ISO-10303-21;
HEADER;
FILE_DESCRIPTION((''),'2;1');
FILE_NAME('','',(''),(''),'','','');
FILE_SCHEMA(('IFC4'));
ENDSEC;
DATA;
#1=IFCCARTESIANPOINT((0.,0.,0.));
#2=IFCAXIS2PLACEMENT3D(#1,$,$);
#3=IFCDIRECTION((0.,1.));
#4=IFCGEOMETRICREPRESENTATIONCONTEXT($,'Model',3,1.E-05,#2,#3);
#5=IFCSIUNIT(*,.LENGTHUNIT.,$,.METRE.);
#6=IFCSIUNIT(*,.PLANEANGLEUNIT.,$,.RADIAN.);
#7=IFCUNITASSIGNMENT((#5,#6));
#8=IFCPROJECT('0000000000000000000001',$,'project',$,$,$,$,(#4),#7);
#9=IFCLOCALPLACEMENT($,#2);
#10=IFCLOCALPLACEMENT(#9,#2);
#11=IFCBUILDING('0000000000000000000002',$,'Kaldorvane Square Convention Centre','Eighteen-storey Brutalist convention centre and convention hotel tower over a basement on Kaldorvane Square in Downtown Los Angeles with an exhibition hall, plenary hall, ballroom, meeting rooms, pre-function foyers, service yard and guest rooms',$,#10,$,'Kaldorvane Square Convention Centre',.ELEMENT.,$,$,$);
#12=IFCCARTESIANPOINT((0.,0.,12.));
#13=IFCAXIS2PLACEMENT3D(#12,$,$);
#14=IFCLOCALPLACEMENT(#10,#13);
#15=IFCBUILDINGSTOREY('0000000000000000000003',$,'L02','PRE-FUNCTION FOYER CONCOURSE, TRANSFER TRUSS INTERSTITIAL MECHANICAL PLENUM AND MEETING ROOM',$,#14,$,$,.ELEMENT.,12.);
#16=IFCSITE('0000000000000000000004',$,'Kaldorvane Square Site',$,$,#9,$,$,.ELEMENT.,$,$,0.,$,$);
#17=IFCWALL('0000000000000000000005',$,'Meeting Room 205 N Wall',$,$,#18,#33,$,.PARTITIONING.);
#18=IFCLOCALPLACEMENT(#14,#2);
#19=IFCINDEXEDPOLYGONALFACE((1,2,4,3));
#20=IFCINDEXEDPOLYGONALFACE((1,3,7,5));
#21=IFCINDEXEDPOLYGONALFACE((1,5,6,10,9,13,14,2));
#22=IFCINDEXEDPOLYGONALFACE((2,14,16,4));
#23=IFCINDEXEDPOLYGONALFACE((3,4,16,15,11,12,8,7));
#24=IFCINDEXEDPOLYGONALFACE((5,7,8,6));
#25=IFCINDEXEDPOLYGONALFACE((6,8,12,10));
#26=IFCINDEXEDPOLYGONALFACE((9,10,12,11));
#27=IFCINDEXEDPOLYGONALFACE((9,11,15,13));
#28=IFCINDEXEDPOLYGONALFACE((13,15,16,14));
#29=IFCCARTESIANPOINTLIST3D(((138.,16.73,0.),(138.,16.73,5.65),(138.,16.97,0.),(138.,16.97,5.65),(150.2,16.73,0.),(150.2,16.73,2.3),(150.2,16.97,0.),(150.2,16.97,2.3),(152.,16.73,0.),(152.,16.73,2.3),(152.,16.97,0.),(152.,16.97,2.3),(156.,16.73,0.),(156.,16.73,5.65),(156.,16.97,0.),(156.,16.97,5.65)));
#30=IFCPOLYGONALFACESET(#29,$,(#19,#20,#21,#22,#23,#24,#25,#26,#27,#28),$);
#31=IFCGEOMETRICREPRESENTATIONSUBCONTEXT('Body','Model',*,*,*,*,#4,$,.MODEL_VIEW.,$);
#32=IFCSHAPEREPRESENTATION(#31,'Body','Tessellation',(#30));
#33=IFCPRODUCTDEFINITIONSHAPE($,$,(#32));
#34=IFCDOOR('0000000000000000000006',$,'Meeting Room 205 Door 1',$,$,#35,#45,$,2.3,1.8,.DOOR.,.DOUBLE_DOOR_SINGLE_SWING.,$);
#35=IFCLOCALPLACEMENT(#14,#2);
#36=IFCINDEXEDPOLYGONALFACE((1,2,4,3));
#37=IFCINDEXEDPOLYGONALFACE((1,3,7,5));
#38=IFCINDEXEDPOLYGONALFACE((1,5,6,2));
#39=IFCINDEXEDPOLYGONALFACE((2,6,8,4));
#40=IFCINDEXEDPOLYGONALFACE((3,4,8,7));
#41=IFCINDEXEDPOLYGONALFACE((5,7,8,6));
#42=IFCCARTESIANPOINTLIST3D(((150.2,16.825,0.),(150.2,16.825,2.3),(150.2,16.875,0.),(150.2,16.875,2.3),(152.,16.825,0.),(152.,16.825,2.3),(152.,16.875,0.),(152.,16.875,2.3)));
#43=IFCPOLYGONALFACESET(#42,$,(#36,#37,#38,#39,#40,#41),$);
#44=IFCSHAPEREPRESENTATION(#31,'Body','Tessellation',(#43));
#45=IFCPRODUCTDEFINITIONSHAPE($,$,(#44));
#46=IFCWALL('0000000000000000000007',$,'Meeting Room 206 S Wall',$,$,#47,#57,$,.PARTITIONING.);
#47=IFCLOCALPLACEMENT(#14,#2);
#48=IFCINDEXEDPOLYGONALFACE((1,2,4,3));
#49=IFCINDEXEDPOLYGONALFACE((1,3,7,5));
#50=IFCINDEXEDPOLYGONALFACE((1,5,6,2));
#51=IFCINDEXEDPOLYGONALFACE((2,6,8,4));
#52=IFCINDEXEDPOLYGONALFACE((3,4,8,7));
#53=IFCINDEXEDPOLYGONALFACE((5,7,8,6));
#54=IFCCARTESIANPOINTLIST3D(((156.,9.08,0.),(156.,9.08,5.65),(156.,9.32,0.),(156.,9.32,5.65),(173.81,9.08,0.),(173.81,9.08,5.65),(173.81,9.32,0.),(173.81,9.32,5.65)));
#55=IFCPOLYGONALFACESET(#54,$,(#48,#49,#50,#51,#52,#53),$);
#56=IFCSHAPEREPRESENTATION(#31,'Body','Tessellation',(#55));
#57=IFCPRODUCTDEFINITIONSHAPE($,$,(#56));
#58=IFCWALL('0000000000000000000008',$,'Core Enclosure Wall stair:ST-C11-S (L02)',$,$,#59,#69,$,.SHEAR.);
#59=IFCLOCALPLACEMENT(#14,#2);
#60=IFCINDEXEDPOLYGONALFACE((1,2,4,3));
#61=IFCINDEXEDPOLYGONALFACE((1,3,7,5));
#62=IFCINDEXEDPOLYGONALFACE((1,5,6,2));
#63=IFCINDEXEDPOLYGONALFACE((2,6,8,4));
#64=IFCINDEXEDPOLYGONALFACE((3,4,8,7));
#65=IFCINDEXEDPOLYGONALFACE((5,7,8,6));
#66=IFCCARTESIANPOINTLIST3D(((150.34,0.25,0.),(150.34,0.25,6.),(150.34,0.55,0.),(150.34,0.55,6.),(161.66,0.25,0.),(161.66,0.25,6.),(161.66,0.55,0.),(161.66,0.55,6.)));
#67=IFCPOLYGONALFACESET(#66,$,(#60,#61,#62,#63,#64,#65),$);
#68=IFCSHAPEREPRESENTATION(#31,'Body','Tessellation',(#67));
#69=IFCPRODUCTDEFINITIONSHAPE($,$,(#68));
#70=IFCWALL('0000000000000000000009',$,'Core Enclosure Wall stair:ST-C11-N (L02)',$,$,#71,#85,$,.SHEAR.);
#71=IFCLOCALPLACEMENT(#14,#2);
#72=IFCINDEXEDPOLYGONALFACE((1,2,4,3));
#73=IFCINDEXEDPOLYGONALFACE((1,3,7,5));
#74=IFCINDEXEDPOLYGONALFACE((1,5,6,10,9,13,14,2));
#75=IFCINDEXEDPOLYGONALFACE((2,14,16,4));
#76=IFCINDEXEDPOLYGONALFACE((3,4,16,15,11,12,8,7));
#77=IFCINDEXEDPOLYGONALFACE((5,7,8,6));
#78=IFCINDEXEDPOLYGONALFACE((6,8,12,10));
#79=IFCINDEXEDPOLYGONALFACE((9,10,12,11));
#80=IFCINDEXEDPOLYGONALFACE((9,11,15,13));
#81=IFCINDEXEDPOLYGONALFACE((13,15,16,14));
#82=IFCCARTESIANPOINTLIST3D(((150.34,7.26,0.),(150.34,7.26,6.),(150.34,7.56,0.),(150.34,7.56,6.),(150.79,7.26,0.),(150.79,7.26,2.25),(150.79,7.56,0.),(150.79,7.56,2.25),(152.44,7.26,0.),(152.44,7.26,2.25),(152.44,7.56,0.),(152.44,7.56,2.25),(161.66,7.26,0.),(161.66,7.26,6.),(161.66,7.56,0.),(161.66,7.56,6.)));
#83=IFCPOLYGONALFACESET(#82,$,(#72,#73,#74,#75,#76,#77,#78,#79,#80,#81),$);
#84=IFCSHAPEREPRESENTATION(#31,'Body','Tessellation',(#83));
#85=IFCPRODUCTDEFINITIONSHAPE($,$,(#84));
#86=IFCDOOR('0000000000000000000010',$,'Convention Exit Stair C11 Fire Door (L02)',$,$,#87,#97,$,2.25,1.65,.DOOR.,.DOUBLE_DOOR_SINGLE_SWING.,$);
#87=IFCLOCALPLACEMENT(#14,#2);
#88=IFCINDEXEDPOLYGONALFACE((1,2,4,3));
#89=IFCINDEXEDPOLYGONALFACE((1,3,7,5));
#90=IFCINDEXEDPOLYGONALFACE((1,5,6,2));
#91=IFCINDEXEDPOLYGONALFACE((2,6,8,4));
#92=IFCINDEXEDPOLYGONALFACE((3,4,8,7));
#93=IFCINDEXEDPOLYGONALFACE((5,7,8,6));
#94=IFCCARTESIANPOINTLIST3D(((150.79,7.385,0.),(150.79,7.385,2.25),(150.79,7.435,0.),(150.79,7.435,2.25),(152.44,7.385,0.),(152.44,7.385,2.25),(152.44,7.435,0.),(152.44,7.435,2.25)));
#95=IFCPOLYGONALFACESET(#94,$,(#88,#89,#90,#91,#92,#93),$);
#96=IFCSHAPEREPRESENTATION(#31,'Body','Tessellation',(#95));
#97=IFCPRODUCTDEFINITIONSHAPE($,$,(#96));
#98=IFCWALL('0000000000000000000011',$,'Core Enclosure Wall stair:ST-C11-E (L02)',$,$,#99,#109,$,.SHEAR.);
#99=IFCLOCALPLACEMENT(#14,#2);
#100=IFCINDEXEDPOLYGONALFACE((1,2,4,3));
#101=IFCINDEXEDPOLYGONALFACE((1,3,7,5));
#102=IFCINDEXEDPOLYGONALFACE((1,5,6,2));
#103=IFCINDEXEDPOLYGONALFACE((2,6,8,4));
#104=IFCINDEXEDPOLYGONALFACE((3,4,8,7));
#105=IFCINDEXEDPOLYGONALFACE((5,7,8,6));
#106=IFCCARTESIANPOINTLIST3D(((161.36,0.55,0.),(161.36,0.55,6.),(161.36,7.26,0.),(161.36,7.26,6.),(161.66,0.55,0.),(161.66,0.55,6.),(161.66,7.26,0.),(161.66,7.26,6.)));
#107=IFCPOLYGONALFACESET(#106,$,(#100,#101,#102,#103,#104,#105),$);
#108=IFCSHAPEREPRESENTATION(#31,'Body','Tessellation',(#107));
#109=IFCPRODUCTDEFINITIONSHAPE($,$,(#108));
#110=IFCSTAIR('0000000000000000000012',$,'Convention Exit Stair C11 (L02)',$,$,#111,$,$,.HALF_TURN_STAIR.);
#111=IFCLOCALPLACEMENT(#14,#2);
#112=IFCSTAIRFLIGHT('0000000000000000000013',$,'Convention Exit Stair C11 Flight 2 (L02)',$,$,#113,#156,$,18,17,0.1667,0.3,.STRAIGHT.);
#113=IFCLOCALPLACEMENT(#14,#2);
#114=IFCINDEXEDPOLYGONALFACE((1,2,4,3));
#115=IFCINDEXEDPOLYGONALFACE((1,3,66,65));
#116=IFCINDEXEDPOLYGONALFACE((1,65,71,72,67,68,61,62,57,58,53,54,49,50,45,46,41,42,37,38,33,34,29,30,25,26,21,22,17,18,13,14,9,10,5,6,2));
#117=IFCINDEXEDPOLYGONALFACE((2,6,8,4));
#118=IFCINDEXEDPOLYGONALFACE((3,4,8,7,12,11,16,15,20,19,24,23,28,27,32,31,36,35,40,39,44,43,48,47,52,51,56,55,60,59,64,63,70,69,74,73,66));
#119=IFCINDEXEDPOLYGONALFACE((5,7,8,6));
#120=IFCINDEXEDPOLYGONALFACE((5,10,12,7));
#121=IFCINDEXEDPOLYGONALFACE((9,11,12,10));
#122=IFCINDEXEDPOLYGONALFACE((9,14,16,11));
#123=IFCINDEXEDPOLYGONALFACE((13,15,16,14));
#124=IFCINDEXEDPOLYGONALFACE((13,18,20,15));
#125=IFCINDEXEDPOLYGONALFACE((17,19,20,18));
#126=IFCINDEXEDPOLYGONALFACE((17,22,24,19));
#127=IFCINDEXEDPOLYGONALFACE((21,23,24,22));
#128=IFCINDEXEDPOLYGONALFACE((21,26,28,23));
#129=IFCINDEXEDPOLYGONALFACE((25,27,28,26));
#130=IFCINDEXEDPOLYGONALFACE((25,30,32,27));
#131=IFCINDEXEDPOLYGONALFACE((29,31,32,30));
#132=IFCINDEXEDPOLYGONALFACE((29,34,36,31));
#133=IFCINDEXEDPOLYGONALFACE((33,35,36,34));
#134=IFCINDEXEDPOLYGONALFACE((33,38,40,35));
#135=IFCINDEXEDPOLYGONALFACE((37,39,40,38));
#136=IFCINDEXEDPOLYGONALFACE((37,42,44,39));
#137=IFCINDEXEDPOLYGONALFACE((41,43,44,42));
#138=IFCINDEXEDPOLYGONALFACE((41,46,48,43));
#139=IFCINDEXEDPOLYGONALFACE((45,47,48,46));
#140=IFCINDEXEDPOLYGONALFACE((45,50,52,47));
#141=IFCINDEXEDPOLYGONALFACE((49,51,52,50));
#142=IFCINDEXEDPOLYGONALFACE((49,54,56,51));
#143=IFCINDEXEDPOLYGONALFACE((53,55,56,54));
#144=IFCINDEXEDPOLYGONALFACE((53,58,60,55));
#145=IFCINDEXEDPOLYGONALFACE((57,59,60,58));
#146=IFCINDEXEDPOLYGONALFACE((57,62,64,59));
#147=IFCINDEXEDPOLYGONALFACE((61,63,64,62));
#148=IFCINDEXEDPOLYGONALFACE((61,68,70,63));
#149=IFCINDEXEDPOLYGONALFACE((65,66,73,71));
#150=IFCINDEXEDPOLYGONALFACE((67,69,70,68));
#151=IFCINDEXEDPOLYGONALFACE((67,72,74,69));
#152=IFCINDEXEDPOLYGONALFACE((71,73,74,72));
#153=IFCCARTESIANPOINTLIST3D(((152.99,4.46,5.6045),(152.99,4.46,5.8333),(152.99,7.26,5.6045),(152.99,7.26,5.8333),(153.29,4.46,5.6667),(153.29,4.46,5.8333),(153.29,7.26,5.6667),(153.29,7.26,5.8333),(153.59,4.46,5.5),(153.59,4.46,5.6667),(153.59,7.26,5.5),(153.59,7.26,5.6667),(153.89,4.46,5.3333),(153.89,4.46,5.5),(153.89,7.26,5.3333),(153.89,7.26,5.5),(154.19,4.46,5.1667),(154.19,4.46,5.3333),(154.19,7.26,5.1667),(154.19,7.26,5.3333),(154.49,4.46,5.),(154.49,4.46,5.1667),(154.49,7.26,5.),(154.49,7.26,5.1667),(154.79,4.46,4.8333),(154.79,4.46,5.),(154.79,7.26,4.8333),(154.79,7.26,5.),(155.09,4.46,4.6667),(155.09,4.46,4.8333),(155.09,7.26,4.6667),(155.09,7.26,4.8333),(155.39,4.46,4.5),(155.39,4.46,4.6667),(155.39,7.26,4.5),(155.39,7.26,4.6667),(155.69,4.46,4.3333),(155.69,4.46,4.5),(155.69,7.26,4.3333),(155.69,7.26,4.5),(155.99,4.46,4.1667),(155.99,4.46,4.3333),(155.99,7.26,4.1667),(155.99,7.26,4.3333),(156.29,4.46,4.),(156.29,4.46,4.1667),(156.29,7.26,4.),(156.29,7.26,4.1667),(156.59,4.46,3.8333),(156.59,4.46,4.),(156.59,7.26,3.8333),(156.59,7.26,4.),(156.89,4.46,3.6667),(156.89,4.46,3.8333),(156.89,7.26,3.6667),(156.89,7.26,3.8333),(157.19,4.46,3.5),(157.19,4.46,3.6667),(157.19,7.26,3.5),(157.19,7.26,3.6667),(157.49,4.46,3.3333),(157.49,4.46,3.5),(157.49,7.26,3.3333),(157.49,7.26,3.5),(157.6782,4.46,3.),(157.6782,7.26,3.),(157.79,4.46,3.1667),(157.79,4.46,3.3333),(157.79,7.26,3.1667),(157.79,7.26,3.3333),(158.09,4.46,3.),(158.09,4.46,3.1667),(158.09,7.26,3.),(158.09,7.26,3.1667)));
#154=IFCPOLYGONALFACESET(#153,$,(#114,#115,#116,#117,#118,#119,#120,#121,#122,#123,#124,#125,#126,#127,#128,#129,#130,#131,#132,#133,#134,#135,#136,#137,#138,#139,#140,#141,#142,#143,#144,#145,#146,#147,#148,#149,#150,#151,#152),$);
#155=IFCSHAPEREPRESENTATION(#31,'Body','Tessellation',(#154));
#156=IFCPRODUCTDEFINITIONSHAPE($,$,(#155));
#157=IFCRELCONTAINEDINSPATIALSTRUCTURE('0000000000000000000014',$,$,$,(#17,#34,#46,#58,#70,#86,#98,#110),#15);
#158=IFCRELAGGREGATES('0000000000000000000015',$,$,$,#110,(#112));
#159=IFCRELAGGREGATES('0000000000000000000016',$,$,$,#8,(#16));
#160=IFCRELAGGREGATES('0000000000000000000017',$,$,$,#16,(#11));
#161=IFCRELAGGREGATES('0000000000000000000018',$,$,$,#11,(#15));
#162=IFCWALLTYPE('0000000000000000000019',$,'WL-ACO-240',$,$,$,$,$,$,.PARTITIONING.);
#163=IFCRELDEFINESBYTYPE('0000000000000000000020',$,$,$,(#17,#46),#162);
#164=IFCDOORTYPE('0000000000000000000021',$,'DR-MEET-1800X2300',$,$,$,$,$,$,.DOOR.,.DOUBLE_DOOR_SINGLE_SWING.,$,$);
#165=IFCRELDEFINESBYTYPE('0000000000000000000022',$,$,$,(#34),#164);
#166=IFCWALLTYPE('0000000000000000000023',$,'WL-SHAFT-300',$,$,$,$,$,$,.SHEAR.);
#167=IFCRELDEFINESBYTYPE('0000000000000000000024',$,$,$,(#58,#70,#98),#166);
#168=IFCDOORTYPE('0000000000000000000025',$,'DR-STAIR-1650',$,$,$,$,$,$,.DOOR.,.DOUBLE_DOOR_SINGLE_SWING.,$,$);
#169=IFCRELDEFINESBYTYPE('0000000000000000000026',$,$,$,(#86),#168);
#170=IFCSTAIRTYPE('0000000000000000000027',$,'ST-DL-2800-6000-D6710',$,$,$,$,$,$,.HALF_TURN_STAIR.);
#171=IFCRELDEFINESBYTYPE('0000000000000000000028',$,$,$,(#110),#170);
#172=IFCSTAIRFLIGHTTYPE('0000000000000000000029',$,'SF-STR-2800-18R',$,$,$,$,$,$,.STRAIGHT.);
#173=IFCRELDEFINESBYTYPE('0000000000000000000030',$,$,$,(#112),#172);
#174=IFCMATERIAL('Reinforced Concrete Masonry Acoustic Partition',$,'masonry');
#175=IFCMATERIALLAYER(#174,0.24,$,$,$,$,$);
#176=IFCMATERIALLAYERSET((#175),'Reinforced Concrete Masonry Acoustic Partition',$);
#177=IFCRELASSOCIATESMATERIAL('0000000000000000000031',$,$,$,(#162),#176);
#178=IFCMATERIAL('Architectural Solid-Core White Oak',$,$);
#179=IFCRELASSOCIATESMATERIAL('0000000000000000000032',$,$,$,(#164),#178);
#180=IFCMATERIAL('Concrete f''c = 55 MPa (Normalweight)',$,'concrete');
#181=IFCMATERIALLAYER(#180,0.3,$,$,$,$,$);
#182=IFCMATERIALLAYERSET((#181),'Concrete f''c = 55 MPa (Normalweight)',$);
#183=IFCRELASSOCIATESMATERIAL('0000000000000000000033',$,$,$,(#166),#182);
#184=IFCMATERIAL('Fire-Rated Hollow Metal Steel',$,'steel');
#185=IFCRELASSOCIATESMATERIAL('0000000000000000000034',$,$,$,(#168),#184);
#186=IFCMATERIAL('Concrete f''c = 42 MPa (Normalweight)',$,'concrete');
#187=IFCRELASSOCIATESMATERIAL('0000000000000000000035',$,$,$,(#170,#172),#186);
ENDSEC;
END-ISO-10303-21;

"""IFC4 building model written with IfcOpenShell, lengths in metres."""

from ifc_helpers import new_model, si_unit, direction, frame, frame_2d, origin, place, context, subcontext, project, spatial, polyline, rectangle, outline, extrude, material, layer, layer_set, type_object, element, fill, aggregate, save


model = new_model("IFC4")

# Units and contexts
model_context = context("Model", 3, precision=1e-05, world=origin(), true_north=direction((0.0, 1.0)))
body_context = subcontext(model_context, "Body", "Model", "MODEL_VIEW")
ifc_project = project(units=[si_unit("LENGTHUNIT", "METRE"), si_unit("PLANEANGLEUNIT", "RADIAN")], contexts=[model_context])

# Site, building, storey
site_placement = place(None, origin())
site = spatial("IfcSite", under=ifc_project, at=site_placement, Name="Kaldorvane Square Site", CompositionType="ELEMENT", RefElevation=0.0)
building_placement = place(site_placement, origin())
building = spatial("IfcBuilding", under=site, at=building_placement, Name="Kaldorvane Square Convention Centre", Description="Eighteen-storey Brutalist convention centre and convention hotel tower over a basement on Kaldorvane Square in Downtown Los Angeles with an exhibition hall, plenary hall, ballroom, meeting rooms, pre-function foyers, service yard and guest rooms", LongName="Kaldorvane Square Convention Centre", CompositionType="ELEMENT")
storey_placement = place(building_placement, frame((0.0, 0.0, 12.0)))
storey = spatial("IfcBuildingStorey", under=building, at=storey_placement, Name="L02", Description="PRE-FUNCTION FOYER CONCOURSE, TRANSFER TRUSS INTERSTITIAL MECHANICAL PLENUM AND MEETING ROOM", CompositionType="ELEMENT", Elevation=12.0)

# Shared definitions
ifc_material_1 = material(Name="Reinforced Concrete Masonry Acoustic Partition", Category="masonry")
ifc_layer_1 = layer(ifc_material_1, 0.24)
ifc_layer_set_1 = layer_set([ifc_layer_1], Name="Reinforced Concrete Masonry Acoustic Partition")
wall_type_1 = type_object("IfcWallType", Name="WL-ACO-240", PredefinedType="PARTITIONING", material=ifc_layer_set_1)

# Wall, opening, door
wall_1_placement = place(storey_placement, frame((156.0, 16.85, 0.0), z_axis=(0.0, 0.0, 1.0), x_axis=(-1.0, 0.0, 0.0)))
wall_1 = element("IfcWall", 1, at=wall_1_placement, inside=storey, type_object=wall_type_1, Name="Meeting Room 205 N Wall", PredefinedType="PARTITIONING", context=body_context, shape_type="SweptSolid", body=[
    extrude(rectangle(XDim=18.0, YDim=0.24, at=frame_2d((9.0, 0.0))), origin(), (0.0, 0.0, 1.0), 5.65),
])
opening_1_placement = place(wall_1_placement, frame((4.0, 0.0, 0.0)))
opening_1 = element("IfcOpeningElement", 2, at=opening_1_placement, cuts=wall_1, PredefinedType="OPENING", context=body_context, shape_type="SweptSolid", body=[
    extrude(rectangle(XDim=1.8, YDim=2.3, at=frame_2d((0.9, 1.15))), frame((0.0, 0.135, 0.0), z_axis=(0.0, -1.0, 0.0), x_axis=(1.0, 0.0, 0.0)), (0.0, 0.0, 1.0), 0.27),
])
ifc_material_2 = material(Name="Architectural Solid-Core White Oak")
door_type_1 = type_object("IfcDoorType", Name="DR-MEET-1800X2300", OperationType="DOUBLE_DOOR_SINGLE_SWING", PredefinedType="DOOR", material=ifc_material_2)
door_1_placement = place(opening_1_placement, origin())
door_1 = element("IfcDoor", 3, at=door_1_placement, inside=storey, type_object=door_type_1, Name="Meeting Room 205 Door 1", OperationType="DOUBLE_DOOR_SINGLE_SWING", OverallHeight=2.3, OverallWidth=1.8, PredefinedType="DOOR", context=body_context, shape_type="SweptSolid", body=[
    extrude(rectangle(XDim=1.8, YDim=2.3, at=frame_2d((0.9, 1.15))), frame((0.0, 0.025, 0.0), z_axis=(0.0, -1.0, 0.0), x_axis=(1.0, 0.0, 0.0)), (0.0, 0.0, 1.0), 0.05),
])
fill(opening_1, door_1)

# Walls
wall_2_placement = place(storey_placement, frame((156.0, 9.2, 0.0), z_axis=(0.0, 0.0, 1.0), x_axis=(1.0, 0.0, 0.0)))
element("IfcWall", 4, at=wall_2_placement, inside=storey, type_object=wall_type_1, Name="Meeting Room 206 S Wall", PredefinedType="PARTITIONING", context=body_context, shape_type="SweptSolid", body=[
    extrude(rectangle(XDim=17.81, YDim=0.24, at=frame_2d((8.905, 0.0))), origin(), (0.0, 0.0, 1.0), 5.65),
])
ifc_material_3 = material(Name="Concrete f'c = 55 MPa (Normalweight)", Category="concrete")
ifc_layer_2 = layer(ifc_material_3, 0.3)
ifc_layer_set_2 = layer_set([ifc_layer_2], Name="Concrete f'c = 55 MPa (Normalweight)")
wall_type_2 = type_object("IfcWallType", Name="WL-SHAFT-300", PredefinedType="SHEAR", material=ifc_layer_set_2)
wall_3_placement = place(storey_placement, frame((161.66, 0.4, 0.0), z_axis=(0.0, 0.0, 1.0), x_axis=(-1.0, 0.0, 0.0)))
element("IfcWall", 5, at=wall_3_placement, inside=storey, type_object=wall_type_2, Name="Core Enclosure Wall stair:ST-C11-S (L02)", PredefinedType="SHEAR", context=body_context, shape_type="SweptSolid", body=[
    extrude(rectangle(XDim=11.32, YDim=0.3, at=frame_2d((5.66, 0.0))), origin(), (0.0, 0.0, 1.0), 6.0),
])

# Wall, opening, door
wall_4_placement = place(storey_placement, frame((161.66, 7.41, 0.0), z_axis=(0.0, 0.0, 1.0), x_axis=(-1.0, 0.0, 0.0)))
wall_4 = element("IfcWall", 6, at=wall_4_placement, inside=storey, type_object=wall_type_2, Name="Core Enclosure Wall stair:ST-C11-N (L02)", PredefinedType="SHEAR", context=body_context, shape_type="SweptSolid", body=[
    extrude(rectangle(XDim=11.32, YDim=0.3, at=frame_2d((5.66, 0.0))), origin(), (0.0, 0.0, 1.0), 6.0),
])
opening_2_placement = place(wall_4_placement, frame((9.22, 0.0, 0.0)))
opening_2 = element("IfcOpeningElement", 7, at=opening_2_placement, cuts=wall_4, PredefinedType="OPENING", context=body_context, shape_type="SweptSolid", body=[
    extrude(rectangle(XDim=1.65, YDim=2.25, at=frame_2d((0.825, 1.125))), frame((0.0, 0.165, 0.0), z_axis=(0.0, -1.0, 0.0), x_axis=(1.0, 0.0, 0.0)), (0.0, 0.0, 1.0), 0.33),
])
ifc_material_4 = material(Name="Fire-Rated Hollow Metal Steel", Category="steel")
door_type_2 = type_object("IfcDoorType", Name="DR-STAIR-1650", OperationType="DOUBLE_DOOR_SINGLE_SWING", PredefinedType="DOOR", material=ifc_material_4)
door_2_placement = place(opening_2_placement, origin())
door_2 = element("IfcDoor", 8, at=door_2_placement, inside=storey, type_object=door_type_2, Name="Convention Exit Stair C11 Fire Door (L02)", OperationType="DOUBLE_DOOR_SINGLE_SWING", OverallHeight=2.25, OverallWidth=1.65, PredefinedType="DOOR", context=body_context, shape_type="SweptSolid", body=[
    extrude(rectangle(XDim=1.65, YDim=2.25, at=frame_2d((0.825, 1.125))), frame((0.0, 0.025, 0.0), z_axis=(0.0, -1.0, 0.0), x_axis=(1.0, 0.0, 0.0)), (0.0, 0.0, 1.0), 0.05),
])
fill(opening_2, door_2)

# Wall
wall_5_placement = place(storey_placement, frame((161.51, 0.55, 0.0), z_axis=(0.0, 0.0, 1.0), x_axis=(0.0, 1.0, 0.0)))
element("IfcWall", 9, at=wall_5_placement, inside=storey, type_object=wall_type_2, Name="Core Enclosure Wall stair:ST-C11-E (L02)", PredefinedType="SHEAR", context=body_context, shape_type="SweptSolid", body=[
    extrude(rectangle(XDim=6.71, YDim=0.3, at=frame_2d((3.355, 0.0))), origin(), (0.0, 0.0, 1.0), 6.0),
])

# Stair, stair flight
ifc_material_5 = material(Name="Concrete f'c = 42 MPa (Normalweight)", Category="concrete")
stair_type = type_object("IfcStairType", Name="ST-DL-2800-6000-D6710", PredefinedType="HALF_TURN_STAIR", material=ifc_material_5)
stair_placement = place(storey_placement, origin())
stair = element("IfcStair", 10, at=stair_placement, inside=storey, type_object=stair_type, Name="Convention Exit Stair C11 (L02)", PredefinedType="HALF_TURN_STAIR")
stair_flight_type = type_object("IfcStairFlightType", Name="SF-STR-2800-18R", PredefinedType="STRAIGHT", material=ifc_material_5)
stair_flight_placement = place(storey_placement, frame((158.09, 5.86, 3.0), z_axis=(0.0, 0.0, 1.0), x_axis=(-1.0, 0.0, 0.0)))
stair_flight = element("IfcStairFlight", 11, at=stair_flight_placement, type_object=stair_flight_type, Name="Convention Exit Stair C11 Flight 2 (L02)", NumberOfRisers=18, NumberOfTreads=17, PredefinedType="STRAIGHT", RiserHeight=0.1667, TreadLength=0.3, context=body_context, shape_type="SweptSolid", body=[
    extrude(outline(polyline([(0.0, 0.0), (0.0, 0.1667), (0.3, 0.1667), (0.3, 0.3333), (0.6, 0.3333), (0.6, 0.5), (0.9, 0.5), (0.9, 0.6667), (1.2, 0.6667), (1.2, 0.8333), (1.5, 0.8333), (1.5, 1.0), (1.8, 1.0), (1.8, 1.1667), (2.1, 1.1667), (2.1, 1.3333), (2.4, 1.3333), (2.4, 1.5), (2.7, 1.5), (2.7, 1.6667), (3.0, 1.6667), (3.0, 1.8333), (3.3, 1.8333), (3.3, 2.0), (3.6, 2.0), (3.6, 2.1667), (3.9, 2.1667), (3.9, 2.3333), (4.2, 2.3333), (4.2, 2.5), (4.5, 2.5), (4.5, 2.6667), (4.8, 2.6667), (4.8, 2.8333), (5.1, 2.8333), (5.1, 3.0), (5.1, 2.6045), (0.4118, 0.0), (0.0, 0.0)])), frame((0.0, 1.4, 0.0), z_axis=(0.0, -1.0, 0.0), x_axis=(1.0, 0.0, 0.0)), (0.0, 0.0, 1.0), 2.8),
])
aggregate(stair, [stair_flight])

save(model, "model.ifc")
